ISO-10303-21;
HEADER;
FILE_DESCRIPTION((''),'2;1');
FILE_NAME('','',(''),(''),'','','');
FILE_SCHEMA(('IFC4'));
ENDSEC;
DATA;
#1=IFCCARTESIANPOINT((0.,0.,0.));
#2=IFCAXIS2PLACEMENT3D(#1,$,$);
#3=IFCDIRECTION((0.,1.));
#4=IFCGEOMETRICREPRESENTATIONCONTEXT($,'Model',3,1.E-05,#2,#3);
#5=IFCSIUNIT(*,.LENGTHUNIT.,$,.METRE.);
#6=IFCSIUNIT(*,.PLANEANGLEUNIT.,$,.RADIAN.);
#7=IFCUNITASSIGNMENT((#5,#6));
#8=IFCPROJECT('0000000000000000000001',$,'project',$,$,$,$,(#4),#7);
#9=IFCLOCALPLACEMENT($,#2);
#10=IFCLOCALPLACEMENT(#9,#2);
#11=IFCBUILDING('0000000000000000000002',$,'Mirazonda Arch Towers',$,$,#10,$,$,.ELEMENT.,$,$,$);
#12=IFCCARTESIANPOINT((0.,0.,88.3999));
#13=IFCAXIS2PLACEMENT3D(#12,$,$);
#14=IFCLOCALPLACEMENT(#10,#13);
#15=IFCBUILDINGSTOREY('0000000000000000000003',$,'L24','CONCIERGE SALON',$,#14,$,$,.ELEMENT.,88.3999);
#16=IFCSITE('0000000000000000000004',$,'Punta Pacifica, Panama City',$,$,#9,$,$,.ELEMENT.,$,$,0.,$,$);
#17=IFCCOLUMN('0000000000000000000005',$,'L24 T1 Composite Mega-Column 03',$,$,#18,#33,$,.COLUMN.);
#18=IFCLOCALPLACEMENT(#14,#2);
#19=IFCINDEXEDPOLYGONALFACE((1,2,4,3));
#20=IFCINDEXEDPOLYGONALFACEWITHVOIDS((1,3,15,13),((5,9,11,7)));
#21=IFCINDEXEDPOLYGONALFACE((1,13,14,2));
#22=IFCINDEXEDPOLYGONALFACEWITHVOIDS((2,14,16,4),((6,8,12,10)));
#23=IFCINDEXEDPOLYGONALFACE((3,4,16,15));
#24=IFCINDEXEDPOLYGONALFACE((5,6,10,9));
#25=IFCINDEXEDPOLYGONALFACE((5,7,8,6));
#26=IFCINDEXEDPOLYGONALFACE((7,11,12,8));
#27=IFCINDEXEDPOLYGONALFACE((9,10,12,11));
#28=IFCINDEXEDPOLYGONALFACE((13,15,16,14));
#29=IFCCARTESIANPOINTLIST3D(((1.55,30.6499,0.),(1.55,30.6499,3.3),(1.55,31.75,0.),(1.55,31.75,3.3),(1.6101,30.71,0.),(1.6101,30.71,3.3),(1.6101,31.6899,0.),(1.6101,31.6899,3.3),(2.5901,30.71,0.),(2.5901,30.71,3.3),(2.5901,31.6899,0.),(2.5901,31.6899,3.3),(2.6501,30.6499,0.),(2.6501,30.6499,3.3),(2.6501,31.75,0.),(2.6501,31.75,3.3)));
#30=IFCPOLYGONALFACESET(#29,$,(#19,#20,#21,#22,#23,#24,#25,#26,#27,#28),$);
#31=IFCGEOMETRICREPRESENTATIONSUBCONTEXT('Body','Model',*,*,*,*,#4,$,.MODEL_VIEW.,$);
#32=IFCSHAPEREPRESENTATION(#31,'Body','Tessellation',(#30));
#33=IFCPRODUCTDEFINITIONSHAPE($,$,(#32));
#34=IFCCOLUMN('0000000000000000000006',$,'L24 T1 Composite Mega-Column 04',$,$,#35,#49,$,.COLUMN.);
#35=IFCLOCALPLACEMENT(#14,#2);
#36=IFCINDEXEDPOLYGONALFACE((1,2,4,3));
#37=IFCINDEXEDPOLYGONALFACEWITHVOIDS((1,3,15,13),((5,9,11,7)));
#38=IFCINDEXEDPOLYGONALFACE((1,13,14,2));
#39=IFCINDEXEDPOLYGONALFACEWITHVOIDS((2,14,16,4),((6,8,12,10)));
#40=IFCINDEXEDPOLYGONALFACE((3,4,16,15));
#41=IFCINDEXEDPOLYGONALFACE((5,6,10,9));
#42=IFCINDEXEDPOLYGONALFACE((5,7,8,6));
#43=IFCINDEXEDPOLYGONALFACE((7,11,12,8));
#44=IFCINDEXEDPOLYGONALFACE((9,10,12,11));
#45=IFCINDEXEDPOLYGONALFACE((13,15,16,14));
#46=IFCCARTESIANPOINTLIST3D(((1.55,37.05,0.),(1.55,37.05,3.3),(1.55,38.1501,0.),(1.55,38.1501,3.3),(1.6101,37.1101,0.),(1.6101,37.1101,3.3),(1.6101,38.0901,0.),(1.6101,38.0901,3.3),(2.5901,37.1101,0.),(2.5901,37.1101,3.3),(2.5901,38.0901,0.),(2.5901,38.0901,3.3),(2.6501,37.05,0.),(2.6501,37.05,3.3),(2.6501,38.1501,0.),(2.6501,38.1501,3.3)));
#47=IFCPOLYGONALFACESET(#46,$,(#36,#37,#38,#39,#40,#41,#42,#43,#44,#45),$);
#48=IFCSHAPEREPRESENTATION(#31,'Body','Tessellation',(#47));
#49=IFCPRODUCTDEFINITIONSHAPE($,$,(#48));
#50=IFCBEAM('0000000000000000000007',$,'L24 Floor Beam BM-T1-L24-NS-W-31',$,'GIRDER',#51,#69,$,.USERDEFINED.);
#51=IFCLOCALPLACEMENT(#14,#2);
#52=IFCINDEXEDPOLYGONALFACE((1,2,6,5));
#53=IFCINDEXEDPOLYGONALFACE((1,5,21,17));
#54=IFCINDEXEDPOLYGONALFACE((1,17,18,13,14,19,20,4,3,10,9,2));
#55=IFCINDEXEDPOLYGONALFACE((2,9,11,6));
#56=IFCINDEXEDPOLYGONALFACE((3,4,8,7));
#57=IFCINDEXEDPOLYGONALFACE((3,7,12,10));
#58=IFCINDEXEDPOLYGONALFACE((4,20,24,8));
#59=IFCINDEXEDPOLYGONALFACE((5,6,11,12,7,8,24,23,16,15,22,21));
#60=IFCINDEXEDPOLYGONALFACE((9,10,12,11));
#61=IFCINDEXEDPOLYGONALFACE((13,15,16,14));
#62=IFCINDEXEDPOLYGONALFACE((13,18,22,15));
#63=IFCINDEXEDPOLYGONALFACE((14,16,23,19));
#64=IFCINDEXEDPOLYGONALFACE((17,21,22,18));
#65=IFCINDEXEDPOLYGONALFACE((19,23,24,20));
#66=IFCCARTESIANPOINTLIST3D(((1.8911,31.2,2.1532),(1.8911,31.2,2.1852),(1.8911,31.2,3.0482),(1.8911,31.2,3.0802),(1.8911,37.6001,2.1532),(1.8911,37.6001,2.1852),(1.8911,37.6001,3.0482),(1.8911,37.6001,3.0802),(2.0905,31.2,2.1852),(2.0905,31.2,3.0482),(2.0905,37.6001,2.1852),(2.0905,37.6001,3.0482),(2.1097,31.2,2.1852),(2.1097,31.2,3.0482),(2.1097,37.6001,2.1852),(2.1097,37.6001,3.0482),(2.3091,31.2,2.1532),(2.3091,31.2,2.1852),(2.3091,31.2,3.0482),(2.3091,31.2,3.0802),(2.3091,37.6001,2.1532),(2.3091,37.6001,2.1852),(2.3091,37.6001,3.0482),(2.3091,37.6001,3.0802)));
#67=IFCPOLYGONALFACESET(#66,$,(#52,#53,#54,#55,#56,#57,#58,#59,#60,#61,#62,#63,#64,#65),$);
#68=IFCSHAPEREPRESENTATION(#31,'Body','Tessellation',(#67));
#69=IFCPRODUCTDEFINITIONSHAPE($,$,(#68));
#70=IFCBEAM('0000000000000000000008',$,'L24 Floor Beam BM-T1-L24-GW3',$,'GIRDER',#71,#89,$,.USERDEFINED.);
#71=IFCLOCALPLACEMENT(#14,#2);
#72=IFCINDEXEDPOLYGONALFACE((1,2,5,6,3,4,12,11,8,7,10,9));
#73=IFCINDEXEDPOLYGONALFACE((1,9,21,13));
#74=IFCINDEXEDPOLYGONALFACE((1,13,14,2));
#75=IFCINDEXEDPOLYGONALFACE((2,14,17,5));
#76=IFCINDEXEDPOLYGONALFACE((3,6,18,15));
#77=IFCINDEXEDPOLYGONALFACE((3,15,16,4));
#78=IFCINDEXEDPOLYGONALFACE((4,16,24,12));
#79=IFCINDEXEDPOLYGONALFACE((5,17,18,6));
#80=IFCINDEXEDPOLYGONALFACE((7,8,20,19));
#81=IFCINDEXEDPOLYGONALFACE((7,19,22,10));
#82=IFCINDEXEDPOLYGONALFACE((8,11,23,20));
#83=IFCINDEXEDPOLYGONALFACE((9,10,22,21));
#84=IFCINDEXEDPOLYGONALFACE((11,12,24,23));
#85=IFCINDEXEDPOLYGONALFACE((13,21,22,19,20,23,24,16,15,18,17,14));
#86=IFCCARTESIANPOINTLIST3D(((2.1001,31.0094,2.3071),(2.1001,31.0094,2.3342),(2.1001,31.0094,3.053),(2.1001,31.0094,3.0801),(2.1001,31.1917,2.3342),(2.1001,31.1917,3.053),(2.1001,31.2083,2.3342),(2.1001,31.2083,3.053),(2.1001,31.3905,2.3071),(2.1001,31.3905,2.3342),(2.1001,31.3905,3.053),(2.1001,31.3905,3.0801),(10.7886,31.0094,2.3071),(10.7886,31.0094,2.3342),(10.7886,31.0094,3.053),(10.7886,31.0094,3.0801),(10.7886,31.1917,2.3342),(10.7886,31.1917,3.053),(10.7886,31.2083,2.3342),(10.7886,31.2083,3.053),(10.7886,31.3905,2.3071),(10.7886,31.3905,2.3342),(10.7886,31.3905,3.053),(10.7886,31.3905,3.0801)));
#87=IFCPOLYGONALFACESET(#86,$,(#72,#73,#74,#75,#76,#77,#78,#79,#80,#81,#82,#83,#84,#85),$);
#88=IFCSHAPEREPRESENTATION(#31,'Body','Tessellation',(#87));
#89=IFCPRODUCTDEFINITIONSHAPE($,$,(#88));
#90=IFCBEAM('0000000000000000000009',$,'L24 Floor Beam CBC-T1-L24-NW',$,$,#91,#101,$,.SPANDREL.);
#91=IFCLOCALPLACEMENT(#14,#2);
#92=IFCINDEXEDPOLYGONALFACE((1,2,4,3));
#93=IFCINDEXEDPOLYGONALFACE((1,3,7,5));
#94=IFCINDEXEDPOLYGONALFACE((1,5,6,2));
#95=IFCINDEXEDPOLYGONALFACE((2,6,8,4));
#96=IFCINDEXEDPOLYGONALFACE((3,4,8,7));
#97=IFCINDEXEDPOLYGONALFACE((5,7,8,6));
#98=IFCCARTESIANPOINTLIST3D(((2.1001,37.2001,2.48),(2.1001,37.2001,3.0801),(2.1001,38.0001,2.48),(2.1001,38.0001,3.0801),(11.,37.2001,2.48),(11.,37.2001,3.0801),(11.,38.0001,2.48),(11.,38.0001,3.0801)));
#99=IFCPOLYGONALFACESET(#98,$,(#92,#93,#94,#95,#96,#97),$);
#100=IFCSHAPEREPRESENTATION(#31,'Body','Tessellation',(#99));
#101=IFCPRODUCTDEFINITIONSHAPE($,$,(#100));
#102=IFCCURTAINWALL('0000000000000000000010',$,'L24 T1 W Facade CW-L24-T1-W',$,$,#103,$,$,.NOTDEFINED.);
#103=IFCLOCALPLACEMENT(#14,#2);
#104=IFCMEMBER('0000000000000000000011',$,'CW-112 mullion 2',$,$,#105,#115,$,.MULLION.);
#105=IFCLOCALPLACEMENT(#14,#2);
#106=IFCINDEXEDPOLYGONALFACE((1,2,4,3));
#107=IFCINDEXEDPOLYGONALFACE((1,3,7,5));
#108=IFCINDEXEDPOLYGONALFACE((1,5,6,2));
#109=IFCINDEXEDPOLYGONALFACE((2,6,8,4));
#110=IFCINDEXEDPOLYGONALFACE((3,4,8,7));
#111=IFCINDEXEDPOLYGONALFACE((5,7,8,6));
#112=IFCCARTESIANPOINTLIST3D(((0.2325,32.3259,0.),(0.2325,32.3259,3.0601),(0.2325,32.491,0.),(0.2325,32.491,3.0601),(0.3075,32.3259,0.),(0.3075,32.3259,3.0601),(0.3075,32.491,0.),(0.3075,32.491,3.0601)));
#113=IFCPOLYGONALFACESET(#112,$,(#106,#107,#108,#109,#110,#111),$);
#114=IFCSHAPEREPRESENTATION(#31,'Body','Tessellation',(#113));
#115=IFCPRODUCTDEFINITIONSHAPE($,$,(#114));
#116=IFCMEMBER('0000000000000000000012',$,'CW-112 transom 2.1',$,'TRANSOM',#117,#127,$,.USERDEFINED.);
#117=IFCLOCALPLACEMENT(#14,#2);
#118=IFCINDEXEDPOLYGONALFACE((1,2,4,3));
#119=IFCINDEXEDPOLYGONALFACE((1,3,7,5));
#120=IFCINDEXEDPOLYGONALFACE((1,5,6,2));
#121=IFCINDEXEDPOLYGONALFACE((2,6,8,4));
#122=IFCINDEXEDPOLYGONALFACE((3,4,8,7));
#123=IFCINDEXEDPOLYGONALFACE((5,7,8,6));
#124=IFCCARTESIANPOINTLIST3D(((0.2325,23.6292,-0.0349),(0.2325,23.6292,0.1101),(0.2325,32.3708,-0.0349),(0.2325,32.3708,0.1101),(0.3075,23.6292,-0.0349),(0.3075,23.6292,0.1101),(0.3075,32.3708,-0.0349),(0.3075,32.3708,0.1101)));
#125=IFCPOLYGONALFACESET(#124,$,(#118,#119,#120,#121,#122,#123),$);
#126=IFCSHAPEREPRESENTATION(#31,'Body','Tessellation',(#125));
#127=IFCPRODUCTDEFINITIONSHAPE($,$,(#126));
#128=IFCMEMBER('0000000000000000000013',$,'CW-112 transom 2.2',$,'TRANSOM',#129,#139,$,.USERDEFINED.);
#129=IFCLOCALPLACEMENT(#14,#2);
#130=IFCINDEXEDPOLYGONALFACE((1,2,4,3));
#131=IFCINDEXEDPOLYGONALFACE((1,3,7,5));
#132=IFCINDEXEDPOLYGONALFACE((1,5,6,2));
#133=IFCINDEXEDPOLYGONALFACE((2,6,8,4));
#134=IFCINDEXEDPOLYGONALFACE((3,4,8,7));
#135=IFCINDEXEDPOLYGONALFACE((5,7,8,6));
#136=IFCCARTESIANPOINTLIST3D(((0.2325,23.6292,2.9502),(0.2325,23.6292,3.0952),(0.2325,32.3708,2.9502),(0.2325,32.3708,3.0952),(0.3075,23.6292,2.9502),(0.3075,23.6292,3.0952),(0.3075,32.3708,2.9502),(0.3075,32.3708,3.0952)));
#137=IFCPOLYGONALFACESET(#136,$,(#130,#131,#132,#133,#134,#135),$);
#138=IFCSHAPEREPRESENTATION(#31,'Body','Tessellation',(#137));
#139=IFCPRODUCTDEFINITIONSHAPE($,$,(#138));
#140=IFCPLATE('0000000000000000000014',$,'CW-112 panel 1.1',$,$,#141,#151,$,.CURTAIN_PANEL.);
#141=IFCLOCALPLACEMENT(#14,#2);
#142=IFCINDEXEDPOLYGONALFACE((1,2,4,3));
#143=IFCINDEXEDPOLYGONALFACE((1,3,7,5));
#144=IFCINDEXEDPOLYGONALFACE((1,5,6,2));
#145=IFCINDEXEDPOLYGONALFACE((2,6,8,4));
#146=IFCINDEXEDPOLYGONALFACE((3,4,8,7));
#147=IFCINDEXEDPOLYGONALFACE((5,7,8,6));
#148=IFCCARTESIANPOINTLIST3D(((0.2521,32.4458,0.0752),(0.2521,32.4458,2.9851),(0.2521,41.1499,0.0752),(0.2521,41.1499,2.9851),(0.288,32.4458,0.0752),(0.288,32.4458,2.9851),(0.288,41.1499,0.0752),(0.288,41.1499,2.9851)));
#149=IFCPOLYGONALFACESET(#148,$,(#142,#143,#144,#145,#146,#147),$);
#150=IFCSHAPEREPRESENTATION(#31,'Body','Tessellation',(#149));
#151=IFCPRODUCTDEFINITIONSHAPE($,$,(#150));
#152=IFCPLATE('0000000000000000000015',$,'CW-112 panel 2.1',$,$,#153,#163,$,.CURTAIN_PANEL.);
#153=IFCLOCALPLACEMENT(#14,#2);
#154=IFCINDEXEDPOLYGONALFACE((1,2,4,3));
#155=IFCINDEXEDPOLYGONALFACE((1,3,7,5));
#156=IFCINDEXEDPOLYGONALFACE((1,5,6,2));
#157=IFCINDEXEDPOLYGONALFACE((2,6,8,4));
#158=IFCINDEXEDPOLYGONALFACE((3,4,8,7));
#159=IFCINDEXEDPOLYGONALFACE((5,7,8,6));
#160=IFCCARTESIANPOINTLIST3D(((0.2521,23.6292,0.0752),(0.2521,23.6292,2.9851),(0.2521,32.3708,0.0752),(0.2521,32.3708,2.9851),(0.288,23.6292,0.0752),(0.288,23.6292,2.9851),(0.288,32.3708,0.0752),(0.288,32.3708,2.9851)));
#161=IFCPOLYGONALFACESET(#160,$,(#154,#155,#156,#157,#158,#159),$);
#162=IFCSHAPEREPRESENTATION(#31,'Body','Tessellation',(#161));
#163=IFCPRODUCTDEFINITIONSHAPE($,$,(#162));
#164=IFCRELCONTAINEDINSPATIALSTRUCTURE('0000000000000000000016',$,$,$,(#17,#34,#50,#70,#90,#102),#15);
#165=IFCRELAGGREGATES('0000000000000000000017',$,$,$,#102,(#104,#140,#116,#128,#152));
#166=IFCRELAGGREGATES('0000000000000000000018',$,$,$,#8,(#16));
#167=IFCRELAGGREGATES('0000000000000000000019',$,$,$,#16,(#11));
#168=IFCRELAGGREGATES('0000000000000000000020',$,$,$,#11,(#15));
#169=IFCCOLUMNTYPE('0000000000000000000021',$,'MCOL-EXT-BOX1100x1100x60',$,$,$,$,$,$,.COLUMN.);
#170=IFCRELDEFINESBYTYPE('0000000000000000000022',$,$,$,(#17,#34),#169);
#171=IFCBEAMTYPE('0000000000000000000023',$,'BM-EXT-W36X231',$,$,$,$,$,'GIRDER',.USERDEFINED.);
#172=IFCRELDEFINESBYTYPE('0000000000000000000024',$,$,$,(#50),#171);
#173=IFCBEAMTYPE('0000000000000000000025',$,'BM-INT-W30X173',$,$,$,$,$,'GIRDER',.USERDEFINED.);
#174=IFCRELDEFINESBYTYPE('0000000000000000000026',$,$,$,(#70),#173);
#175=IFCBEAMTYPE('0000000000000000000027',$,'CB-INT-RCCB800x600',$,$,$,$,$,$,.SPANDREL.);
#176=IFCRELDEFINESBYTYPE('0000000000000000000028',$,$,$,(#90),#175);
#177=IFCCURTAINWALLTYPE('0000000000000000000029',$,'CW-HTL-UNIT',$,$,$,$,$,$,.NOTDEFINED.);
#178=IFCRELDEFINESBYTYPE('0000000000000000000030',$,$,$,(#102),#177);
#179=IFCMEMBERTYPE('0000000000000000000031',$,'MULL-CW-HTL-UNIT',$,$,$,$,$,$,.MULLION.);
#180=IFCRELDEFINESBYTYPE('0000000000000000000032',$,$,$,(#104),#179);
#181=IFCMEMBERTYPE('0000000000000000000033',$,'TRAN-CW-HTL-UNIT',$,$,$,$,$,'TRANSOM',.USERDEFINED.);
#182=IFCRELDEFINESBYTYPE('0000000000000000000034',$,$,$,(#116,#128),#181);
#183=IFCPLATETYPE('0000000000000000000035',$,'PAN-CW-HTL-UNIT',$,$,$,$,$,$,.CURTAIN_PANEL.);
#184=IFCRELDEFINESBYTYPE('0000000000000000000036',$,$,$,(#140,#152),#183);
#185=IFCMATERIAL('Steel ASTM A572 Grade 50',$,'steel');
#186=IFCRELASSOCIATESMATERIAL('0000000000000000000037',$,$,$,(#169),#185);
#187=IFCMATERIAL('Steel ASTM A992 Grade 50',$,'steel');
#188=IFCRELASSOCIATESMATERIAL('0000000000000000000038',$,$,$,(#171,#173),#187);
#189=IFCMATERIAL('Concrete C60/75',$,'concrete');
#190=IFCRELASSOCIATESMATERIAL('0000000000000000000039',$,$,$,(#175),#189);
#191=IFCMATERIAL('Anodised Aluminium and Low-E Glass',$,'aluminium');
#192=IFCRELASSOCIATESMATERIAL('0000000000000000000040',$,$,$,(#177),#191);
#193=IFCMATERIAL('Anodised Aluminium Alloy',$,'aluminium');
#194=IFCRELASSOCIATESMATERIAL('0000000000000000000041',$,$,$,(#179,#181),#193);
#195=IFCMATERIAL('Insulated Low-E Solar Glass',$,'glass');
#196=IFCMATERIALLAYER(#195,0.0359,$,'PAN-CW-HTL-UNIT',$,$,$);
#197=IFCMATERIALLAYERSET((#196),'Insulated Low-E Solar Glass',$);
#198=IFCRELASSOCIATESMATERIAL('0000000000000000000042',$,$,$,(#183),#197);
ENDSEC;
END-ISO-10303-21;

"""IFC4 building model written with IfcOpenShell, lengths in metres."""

from ifc_helpers import new_model, si_unit, direction, frame, origin, origin_2d, place, context, subcontext, project, spatial, rectangle, hollow_rectangle, i_section, extrude, material, layer, layer_set, material_profile, profile_set, type_object, element, aggregate, save


model = new_model("IFC4")

# Units and contexts
model_context = context("Model", 3, precision=1e-05, world=origin(), true_north=direction((0.0, 1.0)))
body_context = subcontext(model_context, "Body", "Model", "MODEL_VIEW")
ifc_project = project(units=[si_unit("LENGTHUNIT", "METRE"), si_unit("PLANEANGLEUNIT", "RADIAN")], contexts=[model_context])

# Site, building, storey
site_placement = place(None, origin())
site = spatial("IfcSite", under=ifc_project, at=site_placement, Name="Punta Pacifica, Panama City", CompositionType="ELEMENT", RefElevation=0.0)
building_placement = place(site_placement, origin())
building = spatial("IfcBuilding", under=site, at=building_placement, Name="Mirazonda Arch Towers", CompositionType="ELEMENT")
storey_placement = place(building_placement, frame((0.0, 0.0, 88.3999)))
storey = spatial("IfcBuildingStorey", under=building, at=storey_placement, Name="L24", Description="CONCIERGE SALON", CompositionType="ELEMENT", Elevation=88.3999)

# Columns
ifc_material_1 = material(Name="Steel ASTM A572 Grade 50", Category="steel")
ifc_material_profile_1 = material_profile(ifc_material_1, hollow_rectangle(XDim=1.1001, YDim=1.1001, WallThickness=0.0601, at=origin_2d()), Name="BOX1100x1100x60")
ifc_profile_set_1 = profile_set([ifc_material_profile_1], Name="Steel ASTM A572 Grade 50")
column_type = type_object("IfcColumnType", Name="MCOL-EXT-BOX1100x1100x60", PredefinedType="COLUMN", material=ifc_profile_set_1)
for number, where, z_axis, x_axis, name in (
    (1, (2.1001, 31.2, 0.0), (0.0, 0.0, 1.0), (1.0, 0.0, 0.0), "L24 T1 Composite Mega-Column 03"),
    (2, (2.1001, 37.6001, 0.0), (0.0, 0.0, 1.0), (1.0, 0.0, 0.0), "L24 T1 Composite Mega-Column 04"),
):
    element("IfcColumn", number, at=place(storey_placement, frame(where, z_axis=z_axis, x_axis=x_axis)), inside=storey, type_object=column_type, Name=name, PredefinedType="COLUMN", context=body_context, shape_type="SweptSolid", body=[
        extrude(hollow_rectangle(XDim=1.1001, YDim=1.1001, WallThickness=0.0601, at=origin_2d()), origin(), (0.0, 0.0, 1.0), 3.3),
    ])

# Beams
ifc_material_2 = material(Name="Steel ASTM A992 Grade 50", Category="steel")
ifc_material_profile_2 = material_profile(ifc_material_2, i_section(OverallWidth=0.418, OverallDepth=0.927, WebThickness=0.0193, FlangeThickness=0.032, at=origin_2d()), Name="W36X231")
ifc_profile_set_2 = profile_set([ifc_material_profile_2], Name="Steel ASTM A992 Grade 50")
beam_type_1 = type_object("IfcBeamType", Name="BM-EXT-W36X231", ElementType="GIRDER", PredefinedType="USERDEFINED", material=ifc_profile_set_2)
beam_1_placement = place(storey_placement, frame((2.1001, 31.2, 2.6167), z_axis=(0.0, 1.0, 0.0), x_axis=(-1.0, 0.0, 0.0)))
element("IfcBeam", 3, at=beam_1_placement, inside=storey, type_object=beam_type_1, Name="L24 Floor Beam BM-T1-L24-NS-W-31", ObjectType="GIRDER", PredefinedType="USERDEFINED", context=body_context, shape_type="SweptSolid", body=[
    extrude(i_section(OverallWidth=0.418, OverallDepth=0.927, WebThickness=0.0193, FlangeThickness=0.032, at=origin_2d()), origin(), (0.0, 0.0, 1.0), 6.4001),
])
ifc_material_profile_3 = material_profile(ifc_material_2, i_section(OverallWidth=0.3811, OverallDepth=0.7729, WebThickness=0.0166, FlangeThickness=0.0271, at=origin_2d()), Name="W30X173")
ifc_profile_set_3 = profile_set([ifc_material_profile_3], Name="Steel ASTM A992 Grade 50")
beam_type_2 = type_object("IfcBeamType", Name="BM-INT-W30X173", ElementType="GIRDER", PredefinedType="USERDEFINED", material=ifc_profile_set_3)
beam_2_placement = place(storey_placement, frame((2.1001, 31.2, 2.6936), z_axis=(1.0, 0.0, 0.0), x_axis=(0.0, 1.0, 0.0)))
element("IfcBeam", 4, at=beam_2_placement, inside=storey, type_object=beam_type_2, Name="L24 Floor Beam BM-T1-L24-GW3", ObjectType="GIRDER", PredefinedType="USERDEFINED", context=body_context, shape_type="SweptSolid", body=[
    extrude(i_section(OverallWidth=0.3811, OverallDepth=0.7729, WebThickness=0.0166, FlangeThickness=0.0271, at=origin_2d()), origin(), (0.0, 0.0, 1.0), 8.6885),
])
ifc_material_3 = material(Name="Concrete C60/75", Category="concrete")
ifc_material_profile_4 = material_profile(ifc_material_3, rectangle(XDim=0.8, YDim=0.6001, at=origin_2d()), Name="RCCB800x600")
ifc_profile_set_4 = profile_set([ifc_material_profile_4], Name="Concrete C60/75")
beam_type_3 = type_object("IfcBeamType", Name="CB-INT-RCCB800x600", PredefinedType="SPANDREL", material=ifc_profile_set_4)
beam_3_placement = place(storey_placement, frame((2.1001, 37.6001, 2.78), z_axis=(1.0, 0.0, 0.0), x_axis=(0.0, 1.0, 0.0)))
element("IfcBeam", 5, at=beam_3_placement, inside=storey, type_object=beam_type_3, Name="L24 Floor Beam CBC-T1-L24-NW", PredefinedType="SPANDREL", context=body_context, shape_type="SweptSolid", body=[
    extrude(rectangle(XDim=0.8, YDim=0.6001, at=origin_2d()), origin(), (0.0, 0.0, 1.0), 8.8999),
])

# Curtain wall, members, plates
ifc_material_4 = material(Name="Anodised Aluminium and Low-E Glass", Category="aluminium")
curtain_wall_type = type_object("IfcCurtainWallType", Name="CW-HTL-UNIT", PredefinedType="NOTDEFINED", material=ifc_material_4)
curtain_wall_placement = place(storey_placement, origin())
curtain_wall = element("IfcCurtainWall", 6, at=curtain_wall_placement, inside=storey, type_object=curtain_wall_type, Name="L24 T1 W Facade CW-L24-T1-W", PredefinedType="NOTDEFINED")
ifc_material_5 = material(Name="Anodised Aluminium Alloy", Category="aluminium")
ifc_material_profile_5 = material_profile(ifc_material_5, rectangle(XDim=0.075, YDim=0.165, at=origin_2d()), Name="ALU-MULL-75x165")
ifc_profile_set_5 = profile_set([ifc_material_profile_5], Name="Anodised Aluminium Alloy")
member_type_1 = type_object("IfcMemberType", Name="MULL-CW-HTL-UNIT", PredefinedType="MULLION", material=ifc_profile_set_5)
member_1_placement = place(storey_placement, frame((0.27, 32.4084, 0.0), z_axis=(0.0, 0.0, 1.0), x_axis=(1.0, 0.0, 0.0)))
member_1 = element("IfcMember", 7, at=member_1_placement, type_object=member_type_1, Name="CW-112 mullion 2", PredefinedType="MULLION", context=body_context, shape_type="SweptSolid", body=[
    extrude(rectangle(XDim=0.075, YDim=0.165, at=origin_2d()), origin(), (0.0, 0.0, 1.0), 3.0601),
])
ifc_material_profile_6 = material_profile(ifc_material_5, rectangle(XDim=0.075, YDim=0.145, at=origin_2d()), Name="ALU-TRAN-75x145")
ifc_profile_set_6 = profile_set([ifc_material_profile_6], Name="Anodised Aluminium Alloy")
member_type_2 = type_object("IfcMemberType", Name="TRAN-CW-HTL-UNIT", ElementType="TRANSOM", PredefinedType="USERDEFINED", material=ifc_profile_set_6)
member_2_placement = place(storey_placement, frame((0.27, 32.3708, 0.0376), z_axis=(0.0, -1.0, 0.0), x_axis=(1.0, 0.0, 0.0)))
member_2 = element("IfcMember", 8, at=member_2_placement, type_object=member_type_2, Name="CW-112 transom 2.1", ObjectType="TRANSOM", PredefinedType="USERDEFINED", context=body_context, shape_type="SweptSolid", body=[
    extrude(rectangle(XDim=0.075, YDim=0.145, at=origin_2d()), origin(), (0.0, 0.0, 1.0), 8.7417),
])
member_3_placement = place(storey_placement, frame((0.27, 32.3708, 3.0227), z_axis=(0.0, -1.0, 0.0), x_axis=(1.0, 0.0, 0.0)))
member_3 = element("IfcMember", 9, at=member_3_placement, type_object=member_type_2, Name="CW-112 transom 2.2", ObjectType="TRANSOM", PredefinedType="USERDEFINED", context=body_context, shape_type="SweptSolid", body=[
    extrude(rectangle(XDim=0.075, YDim=0.145, at=origin_2d()), origin(), (0.0, 0.0, 1.0), 8.7417),
])
ifc_material_6 = material(Name="Insulated Low-E Solar Glass", Category="glass")
ifc_layer_1 = layer(ifc_material_6, 0.0359, Name="PAN-CW-HTL-UNIT")
ifc_layer_set_1 = layer_set([ifc_layer_1], Name="Insulated Low-E Solar Glass")
plate_type = type_object("IfcPlateType", Name="PAN-CW-HTL-UNIT", PredefinedType="CURTAIN_PANEL", material=ifc_layer_set_1)
plate_1_placement = place(storey_placement, frame((0.27, 36.7979, 0.0752), z_axis=(0.0, 0.0, 1.0), x_axis=(0.0, -1.0, 0.0)))
plate_1 = element("IfcPlate", 10, at=plate_1_placement, type_object=plate_type, Name="CW-112 panel 1.1", PredefinedType="CURTAIN_PANEL", context=body_context, shape_type="SweptSolid", body=[
    extrude(rectangle(XDim=8.7041, YDim=0.0359, at=origin_2d()), origin(), (0.0, 0.0, 1.0), 2.9099),
])
plate_2_placement = place(storey_placement, frame((0.27, 28.0, 0.0752), z_axis=(0.0, 0.0, 1.0), x_axis=(0.0, -1.0, 0.0)))
plate_2 = element("IfcPlate", 11, at=plate_2_placement, type_object=plate_type, Name="CW-112 panel 2.1", PredefinedType="CURTAIN_PANEL", context=body_context, shape_type="SweptSolid", body=[
    extrude(rectangle(XDim=8.7417, YDim=0.0359, at=origin_2d()), origin(), (0.0, 0.0, 1.0), 2.9099),
])
aggregate(curtain_wall, [member_1, plate_1, member_2, member_3, plate_2])

save(model, "model.ifc")
